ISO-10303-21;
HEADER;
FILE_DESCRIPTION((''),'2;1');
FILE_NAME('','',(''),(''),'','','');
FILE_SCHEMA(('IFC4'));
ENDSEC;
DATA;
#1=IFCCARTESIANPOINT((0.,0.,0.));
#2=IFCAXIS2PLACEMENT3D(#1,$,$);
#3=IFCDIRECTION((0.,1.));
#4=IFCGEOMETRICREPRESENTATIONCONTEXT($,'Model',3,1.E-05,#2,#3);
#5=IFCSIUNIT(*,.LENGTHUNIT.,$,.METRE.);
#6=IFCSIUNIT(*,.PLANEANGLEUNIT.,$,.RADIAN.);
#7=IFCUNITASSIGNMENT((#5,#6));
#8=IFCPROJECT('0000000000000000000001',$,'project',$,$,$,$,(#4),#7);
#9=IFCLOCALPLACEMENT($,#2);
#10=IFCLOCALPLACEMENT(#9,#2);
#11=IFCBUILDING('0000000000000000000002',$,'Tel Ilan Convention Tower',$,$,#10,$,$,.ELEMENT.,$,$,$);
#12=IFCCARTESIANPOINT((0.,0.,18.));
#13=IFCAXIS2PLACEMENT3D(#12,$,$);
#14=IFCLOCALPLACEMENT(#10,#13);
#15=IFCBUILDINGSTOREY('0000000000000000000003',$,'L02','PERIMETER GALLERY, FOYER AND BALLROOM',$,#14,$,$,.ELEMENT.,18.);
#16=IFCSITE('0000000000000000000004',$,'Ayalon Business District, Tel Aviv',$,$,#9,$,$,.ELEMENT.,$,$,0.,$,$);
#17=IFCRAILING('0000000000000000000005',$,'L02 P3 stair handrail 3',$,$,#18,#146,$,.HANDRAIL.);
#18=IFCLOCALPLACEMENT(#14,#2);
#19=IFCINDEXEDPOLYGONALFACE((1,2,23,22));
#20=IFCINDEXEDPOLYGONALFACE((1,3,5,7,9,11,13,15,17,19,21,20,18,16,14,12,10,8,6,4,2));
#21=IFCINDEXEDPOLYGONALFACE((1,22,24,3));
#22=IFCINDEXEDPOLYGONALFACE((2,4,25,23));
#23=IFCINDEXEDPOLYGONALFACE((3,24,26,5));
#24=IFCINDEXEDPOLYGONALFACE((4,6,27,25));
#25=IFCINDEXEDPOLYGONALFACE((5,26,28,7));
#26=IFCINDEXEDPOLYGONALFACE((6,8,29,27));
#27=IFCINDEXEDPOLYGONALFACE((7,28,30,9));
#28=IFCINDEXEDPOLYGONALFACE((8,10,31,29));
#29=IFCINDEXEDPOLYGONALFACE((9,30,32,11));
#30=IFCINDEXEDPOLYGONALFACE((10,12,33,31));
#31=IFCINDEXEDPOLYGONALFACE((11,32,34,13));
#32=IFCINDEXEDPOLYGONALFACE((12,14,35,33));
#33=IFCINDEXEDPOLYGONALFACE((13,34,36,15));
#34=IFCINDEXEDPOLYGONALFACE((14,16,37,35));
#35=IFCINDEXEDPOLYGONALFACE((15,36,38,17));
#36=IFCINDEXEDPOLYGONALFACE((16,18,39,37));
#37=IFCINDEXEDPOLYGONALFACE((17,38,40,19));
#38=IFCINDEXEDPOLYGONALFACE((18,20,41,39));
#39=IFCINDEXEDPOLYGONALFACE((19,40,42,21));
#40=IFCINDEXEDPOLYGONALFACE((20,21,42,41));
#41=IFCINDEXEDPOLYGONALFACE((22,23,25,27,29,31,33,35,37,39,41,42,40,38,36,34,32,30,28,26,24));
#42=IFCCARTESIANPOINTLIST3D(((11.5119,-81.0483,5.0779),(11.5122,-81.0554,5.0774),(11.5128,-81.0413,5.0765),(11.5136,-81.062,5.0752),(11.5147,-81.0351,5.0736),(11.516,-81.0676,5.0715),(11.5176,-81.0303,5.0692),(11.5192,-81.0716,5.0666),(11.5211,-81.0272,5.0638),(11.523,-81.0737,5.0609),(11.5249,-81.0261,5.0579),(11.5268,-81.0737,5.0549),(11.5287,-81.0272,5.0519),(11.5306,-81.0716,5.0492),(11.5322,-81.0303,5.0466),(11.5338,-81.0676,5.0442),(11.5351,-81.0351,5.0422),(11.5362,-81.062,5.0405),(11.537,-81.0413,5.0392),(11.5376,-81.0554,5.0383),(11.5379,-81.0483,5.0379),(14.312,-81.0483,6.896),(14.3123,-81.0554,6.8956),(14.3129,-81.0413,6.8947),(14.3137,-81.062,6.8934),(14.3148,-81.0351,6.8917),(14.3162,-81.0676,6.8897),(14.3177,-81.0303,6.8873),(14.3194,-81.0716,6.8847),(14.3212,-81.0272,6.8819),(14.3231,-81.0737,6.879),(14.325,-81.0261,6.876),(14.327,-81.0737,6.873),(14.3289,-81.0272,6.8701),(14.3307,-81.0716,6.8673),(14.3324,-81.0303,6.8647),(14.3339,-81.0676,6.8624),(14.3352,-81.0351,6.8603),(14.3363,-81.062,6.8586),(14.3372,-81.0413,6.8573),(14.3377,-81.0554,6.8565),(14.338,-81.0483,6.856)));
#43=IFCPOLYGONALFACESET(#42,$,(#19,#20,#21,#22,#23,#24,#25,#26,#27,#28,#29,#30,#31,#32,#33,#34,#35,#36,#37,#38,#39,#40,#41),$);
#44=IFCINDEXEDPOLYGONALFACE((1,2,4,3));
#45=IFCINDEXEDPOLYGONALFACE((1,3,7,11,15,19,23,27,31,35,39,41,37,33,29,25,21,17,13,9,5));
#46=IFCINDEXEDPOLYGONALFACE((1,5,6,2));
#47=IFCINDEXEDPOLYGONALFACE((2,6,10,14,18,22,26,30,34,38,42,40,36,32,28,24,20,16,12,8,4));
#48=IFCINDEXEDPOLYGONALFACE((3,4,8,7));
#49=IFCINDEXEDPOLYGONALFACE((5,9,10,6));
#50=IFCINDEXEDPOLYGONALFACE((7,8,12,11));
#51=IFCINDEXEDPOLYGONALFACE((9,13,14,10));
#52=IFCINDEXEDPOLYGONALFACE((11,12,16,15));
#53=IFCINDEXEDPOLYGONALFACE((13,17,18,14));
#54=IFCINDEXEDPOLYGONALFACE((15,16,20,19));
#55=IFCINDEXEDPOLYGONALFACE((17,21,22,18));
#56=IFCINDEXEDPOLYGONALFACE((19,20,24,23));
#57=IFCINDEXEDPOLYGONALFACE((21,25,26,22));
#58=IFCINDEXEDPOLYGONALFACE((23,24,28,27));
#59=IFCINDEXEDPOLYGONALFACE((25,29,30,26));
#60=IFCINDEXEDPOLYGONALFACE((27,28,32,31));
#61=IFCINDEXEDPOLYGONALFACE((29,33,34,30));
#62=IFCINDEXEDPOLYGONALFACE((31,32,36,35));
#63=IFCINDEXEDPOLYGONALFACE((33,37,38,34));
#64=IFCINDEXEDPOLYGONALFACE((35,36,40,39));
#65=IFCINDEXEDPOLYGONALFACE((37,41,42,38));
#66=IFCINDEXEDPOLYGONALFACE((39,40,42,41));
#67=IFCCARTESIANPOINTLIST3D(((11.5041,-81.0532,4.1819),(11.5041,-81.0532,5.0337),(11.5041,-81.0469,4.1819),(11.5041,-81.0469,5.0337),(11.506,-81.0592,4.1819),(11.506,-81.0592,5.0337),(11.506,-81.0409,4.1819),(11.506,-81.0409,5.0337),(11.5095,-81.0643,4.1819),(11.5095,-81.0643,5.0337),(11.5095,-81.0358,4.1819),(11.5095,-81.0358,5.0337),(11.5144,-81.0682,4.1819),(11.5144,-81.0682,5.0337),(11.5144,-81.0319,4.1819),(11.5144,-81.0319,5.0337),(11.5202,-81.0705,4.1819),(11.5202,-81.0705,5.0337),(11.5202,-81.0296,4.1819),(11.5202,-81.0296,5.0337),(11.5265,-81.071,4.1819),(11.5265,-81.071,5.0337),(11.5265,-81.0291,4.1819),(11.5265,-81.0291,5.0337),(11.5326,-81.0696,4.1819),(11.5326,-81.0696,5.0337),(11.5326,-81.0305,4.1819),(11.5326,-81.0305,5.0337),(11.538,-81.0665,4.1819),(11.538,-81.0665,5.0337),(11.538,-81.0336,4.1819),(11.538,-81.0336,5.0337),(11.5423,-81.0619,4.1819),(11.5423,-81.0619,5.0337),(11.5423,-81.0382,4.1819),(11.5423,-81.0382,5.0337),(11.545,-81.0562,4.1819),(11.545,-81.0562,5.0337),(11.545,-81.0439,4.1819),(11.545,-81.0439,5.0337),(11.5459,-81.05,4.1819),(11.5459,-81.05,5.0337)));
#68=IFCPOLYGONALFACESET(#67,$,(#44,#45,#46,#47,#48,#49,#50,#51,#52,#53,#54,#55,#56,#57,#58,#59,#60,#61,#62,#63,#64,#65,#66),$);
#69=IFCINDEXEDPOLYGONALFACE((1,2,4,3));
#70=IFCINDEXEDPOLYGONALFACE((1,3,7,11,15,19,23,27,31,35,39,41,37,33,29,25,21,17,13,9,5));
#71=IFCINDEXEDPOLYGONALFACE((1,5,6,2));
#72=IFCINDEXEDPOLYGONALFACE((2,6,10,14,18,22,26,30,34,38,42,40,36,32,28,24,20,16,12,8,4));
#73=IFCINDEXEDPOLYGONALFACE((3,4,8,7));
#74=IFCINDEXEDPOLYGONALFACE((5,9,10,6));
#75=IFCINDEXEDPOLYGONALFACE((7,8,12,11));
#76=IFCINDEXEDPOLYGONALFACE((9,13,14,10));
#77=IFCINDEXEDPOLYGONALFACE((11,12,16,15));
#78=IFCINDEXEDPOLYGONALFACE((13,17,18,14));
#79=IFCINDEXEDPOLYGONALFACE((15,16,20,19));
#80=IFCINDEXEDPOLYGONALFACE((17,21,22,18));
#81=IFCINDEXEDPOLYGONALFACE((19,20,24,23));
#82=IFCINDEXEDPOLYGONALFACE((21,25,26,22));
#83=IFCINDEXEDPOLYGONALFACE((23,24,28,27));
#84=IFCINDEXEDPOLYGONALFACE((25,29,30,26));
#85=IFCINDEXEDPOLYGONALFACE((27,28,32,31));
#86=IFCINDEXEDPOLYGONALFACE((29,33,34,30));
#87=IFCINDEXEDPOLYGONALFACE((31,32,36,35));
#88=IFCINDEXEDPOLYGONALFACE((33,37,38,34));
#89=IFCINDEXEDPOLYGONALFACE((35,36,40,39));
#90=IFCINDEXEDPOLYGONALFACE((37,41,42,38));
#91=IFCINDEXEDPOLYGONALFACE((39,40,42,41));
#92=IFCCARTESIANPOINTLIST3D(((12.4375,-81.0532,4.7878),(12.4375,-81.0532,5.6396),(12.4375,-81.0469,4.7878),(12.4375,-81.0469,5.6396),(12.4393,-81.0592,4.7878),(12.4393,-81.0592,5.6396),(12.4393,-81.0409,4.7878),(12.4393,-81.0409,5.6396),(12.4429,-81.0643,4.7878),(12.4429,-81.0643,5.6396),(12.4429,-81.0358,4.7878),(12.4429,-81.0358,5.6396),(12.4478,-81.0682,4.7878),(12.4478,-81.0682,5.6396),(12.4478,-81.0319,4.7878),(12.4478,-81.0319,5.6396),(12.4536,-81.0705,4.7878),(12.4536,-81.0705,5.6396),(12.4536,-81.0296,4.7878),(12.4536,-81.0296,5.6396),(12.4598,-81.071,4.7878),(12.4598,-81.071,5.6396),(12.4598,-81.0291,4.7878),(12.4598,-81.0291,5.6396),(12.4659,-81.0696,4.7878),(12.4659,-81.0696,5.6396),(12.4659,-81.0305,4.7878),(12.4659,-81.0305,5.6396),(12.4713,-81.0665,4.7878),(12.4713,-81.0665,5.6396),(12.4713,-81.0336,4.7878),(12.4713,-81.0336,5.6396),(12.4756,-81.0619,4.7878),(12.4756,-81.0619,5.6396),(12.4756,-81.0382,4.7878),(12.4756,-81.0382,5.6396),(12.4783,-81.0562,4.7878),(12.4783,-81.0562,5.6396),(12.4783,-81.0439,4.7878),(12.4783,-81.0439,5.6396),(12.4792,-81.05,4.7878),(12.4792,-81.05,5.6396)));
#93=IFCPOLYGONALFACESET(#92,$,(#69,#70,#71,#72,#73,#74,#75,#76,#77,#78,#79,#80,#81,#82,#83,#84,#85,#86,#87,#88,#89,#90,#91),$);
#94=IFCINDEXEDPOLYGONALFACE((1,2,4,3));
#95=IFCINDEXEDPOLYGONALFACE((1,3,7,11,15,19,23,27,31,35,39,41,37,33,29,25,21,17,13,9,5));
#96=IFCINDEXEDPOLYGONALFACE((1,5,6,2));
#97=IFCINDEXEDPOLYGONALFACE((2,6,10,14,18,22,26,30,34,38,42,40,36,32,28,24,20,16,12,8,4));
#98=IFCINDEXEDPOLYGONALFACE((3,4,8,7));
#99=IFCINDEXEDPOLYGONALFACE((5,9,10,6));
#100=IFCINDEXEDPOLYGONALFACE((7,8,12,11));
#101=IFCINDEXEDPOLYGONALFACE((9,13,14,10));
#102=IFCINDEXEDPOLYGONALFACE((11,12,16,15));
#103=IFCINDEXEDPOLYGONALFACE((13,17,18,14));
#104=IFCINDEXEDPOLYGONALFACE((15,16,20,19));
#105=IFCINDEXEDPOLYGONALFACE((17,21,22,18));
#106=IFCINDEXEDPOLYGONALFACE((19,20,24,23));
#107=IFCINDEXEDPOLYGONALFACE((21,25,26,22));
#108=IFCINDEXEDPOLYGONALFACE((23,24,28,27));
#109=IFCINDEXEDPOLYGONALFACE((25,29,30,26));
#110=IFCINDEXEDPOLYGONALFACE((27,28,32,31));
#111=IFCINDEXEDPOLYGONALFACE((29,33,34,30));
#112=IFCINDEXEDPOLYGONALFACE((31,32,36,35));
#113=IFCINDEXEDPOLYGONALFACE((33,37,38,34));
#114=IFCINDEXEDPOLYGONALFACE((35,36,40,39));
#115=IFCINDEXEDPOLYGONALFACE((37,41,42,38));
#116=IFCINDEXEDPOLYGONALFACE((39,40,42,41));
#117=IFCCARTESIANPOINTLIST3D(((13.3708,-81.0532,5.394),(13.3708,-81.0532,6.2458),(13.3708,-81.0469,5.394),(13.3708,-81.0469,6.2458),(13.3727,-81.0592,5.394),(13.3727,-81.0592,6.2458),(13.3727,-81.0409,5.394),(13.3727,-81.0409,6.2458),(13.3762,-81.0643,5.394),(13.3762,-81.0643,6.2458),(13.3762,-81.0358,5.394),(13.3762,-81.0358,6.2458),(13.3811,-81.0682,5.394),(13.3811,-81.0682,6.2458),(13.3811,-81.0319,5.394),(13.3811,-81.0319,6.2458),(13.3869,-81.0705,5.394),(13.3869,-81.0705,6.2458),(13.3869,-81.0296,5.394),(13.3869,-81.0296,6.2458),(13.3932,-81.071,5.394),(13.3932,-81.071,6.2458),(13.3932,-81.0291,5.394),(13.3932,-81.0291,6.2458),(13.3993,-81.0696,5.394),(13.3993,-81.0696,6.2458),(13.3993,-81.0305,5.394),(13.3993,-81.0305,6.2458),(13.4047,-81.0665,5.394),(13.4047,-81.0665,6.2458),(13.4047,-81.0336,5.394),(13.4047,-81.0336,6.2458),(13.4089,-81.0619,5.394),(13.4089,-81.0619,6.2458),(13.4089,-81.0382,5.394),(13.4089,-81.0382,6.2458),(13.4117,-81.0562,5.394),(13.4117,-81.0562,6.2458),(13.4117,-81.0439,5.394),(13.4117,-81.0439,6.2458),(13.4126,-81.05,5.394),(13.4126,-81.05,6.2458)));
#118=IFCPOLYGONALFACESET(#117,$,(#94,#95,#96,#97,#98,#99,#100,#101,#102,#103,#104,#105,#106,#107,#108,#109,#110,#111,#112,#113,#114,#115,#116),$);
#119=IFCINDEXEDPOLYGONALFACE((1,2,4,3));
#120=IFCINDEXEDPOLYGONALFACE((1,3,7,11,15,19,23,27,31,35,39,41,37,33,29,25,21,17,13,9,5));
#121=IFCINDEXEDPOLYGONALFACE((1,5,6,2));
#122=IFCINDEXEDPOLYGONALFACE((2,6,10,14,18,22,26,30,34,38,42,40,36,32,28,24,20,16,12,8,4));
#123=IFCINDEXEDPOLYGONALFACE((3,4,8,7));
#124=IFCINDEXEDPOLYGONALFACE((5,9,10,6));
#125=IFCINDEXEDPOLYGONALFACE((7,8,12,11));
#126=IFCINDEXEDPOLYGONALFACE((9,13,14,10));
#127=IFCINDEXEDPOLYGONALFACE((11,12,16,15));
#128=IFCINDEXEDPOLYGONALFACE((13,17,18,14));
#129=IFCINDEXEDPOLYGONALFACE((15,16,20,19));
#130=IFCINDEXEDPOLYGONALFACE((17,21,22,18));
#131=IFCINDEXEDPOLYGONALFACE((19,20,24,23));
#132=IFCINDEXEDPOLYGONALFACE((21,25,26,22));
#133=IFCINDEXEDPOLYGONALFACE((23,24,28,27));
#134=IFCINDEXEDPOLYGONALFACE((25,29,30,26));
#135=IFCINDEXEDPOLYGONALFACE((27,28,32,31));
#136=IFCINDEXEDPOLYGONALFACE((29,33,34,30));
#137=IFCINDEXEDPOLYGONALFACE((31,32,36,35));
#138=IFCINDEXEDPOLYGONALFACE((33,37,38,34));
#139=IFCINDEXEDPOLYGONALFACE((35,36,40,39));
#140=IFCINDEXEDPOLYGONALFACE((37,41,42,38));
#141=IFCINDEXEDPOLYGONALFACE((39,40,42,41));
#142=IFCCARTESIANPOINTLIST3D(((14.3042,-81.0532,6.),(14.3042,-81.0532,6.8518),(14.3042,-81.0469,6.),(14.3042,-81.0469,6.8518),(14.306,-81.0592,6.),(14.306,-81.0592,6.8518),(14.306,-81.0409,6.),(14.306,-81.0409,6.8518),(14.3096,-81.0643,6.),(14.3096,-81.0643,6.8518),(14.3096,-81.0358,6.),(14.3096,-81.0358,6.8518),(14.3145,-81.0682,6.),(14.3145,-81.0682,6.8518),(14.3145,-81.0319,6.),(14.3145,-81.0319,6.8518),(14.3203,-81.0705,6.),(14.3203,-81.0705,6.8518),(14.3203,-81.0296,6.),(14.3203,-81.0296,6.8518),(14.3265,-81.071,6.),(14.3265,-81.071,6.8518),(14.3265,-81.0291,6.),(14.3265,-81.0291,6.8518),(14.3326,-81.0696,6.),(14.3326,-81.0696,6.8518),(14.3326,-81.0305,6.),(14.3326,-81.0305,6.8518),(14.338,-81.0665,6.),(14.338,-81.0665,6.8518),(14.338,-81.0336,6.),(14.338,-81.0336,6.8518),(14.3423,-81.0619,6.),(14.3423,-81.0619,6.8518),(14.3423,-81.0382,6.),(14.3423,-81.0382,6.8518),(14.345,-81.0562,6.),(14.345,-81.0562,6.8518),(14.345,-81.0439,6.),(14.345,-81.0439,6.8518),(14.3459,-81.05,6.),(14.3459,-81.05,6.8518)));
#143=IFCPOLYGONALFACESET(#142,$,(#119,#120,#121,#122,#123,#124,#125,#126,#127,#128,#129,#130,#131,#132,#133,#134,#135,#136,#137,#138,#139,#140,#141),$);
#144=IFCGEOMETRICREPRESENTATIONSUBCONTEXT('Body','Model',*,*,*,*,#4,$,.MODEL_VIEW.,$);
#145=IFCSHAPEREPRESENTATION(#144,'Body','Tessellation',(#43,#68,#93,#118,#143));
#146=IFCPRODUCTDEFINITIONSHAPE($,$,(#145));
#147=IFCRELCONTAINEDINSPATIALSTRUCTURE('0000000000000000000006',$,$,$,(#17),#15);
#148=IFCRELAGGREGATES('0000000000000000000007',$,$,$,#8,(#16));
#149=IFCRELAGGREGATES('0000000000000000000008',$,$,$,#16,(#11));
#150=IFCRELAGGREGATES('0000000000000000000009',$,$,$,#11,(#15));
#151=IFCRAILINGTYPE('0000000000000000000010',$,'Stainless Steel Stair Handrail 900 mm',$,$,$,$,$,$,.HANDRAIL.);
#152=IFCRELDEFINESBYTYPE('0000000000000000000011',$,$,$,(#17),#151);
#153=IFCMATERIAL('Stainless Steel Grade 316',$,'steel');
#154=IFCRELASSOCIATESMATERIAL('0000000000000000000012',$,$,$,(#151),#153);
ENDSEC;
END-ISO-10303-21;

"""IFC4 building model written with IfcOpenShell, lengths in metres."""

from ifc_helpers import new_model, si_unit, direction, frame, origin, origin_2d, place, context, subcontext, project, spatial, circle, extrude, material, type_object, element, save


model = new_model("IFC4")

# Units and contexts
model_context = context("Model", 3, precision=1e-05, world=origin(), true_north=direction((0.0, 1.0)))
body_context = subcontext(model_context, "Body", "Model", "MODEL_VIEW")
ifc_project = project(units=[si_unit("LENGTHUNIT", "METRE"), si_unit("PLANEANGLEUNIT", "RADIAN")], contexts=[model_context])

# Site, building, storey
site_placement = place(None, origin())
site = spatial("IfcSite", under=ifc_project, at=site_placement, Name="Ayalon Business District, Tel Aviv", CompositionType="ELEMENT", RefElevation=0.0)
building_placement = place(site_placement, origin())
building = spatial("IfcBuilding", under=site, at=building_placement, Name="Tel Ilan Convention Tower", CompositionType="ELEMENT")
storey_placement = place(building_placement, frame((0.0, 0.0, 18.0)))
storey = spatial("IfcBuildingStorey", under=building, at=storey_placement, Name="L02", Description="PERIMETER GALLERY, FOYER AND BALLROOM", CompositionType="ELEMENT", Elevation=18.0)

# Railing
ifc_material_1 = material(Name="Stainless Steel Grade 316", Category="steel")
railing_type_1 = type_object("IfcRailingType", Name="Stainless Steel Stair Handrail 900 mm", PredefinedType="HANDRAIL", material=ifc_material_1)
for number, where, name in (
    (1, (11.5249, -81.05, 4.1819), "L02 P3 stair handrail 3"),
):
    element("IfcRailing", number, at=place(storey_placement, frame(where)), inside=storey, type_object=railing_type_1, Name=name, PredefinedType="HANDRAIL", context=body_context, shape_type="SweptSolid", body=[
        extrude(circle(Radius=0.0239, at=origin_2d()), frame((0.0, 0.0, 0.876), z_axis=(0.838706, 0.0, 0.544585), x_axis=(0.0, 1.0, 0.0)), (0.0, 0.0, 1.0), 3.3386),
        extrude(circle(Radius=0.021, at=origin_2d()), origin(), (0.0, 0.0, 1.0), 0.8518),
        extrude(circle(Radius=0.021, at=origin_2d()), frame((0.9333, 0.0, 0.606)), (0.0, 0.0, 1.0), 0.8518),
        extrude(circle(Radius=0.021, at=origin_2d()), frame((1.8667, 0.0, 1.2122)), (0.0, 0.0, 1.0), 0.8518),
        extrude(circle(Radius=0.021, at=origin_2d()), frame((2.8, 0.0, 1.8181)), (0.0, 0.0, 1.0), 0.8518),
    ])

save(model, "model.ifc")
